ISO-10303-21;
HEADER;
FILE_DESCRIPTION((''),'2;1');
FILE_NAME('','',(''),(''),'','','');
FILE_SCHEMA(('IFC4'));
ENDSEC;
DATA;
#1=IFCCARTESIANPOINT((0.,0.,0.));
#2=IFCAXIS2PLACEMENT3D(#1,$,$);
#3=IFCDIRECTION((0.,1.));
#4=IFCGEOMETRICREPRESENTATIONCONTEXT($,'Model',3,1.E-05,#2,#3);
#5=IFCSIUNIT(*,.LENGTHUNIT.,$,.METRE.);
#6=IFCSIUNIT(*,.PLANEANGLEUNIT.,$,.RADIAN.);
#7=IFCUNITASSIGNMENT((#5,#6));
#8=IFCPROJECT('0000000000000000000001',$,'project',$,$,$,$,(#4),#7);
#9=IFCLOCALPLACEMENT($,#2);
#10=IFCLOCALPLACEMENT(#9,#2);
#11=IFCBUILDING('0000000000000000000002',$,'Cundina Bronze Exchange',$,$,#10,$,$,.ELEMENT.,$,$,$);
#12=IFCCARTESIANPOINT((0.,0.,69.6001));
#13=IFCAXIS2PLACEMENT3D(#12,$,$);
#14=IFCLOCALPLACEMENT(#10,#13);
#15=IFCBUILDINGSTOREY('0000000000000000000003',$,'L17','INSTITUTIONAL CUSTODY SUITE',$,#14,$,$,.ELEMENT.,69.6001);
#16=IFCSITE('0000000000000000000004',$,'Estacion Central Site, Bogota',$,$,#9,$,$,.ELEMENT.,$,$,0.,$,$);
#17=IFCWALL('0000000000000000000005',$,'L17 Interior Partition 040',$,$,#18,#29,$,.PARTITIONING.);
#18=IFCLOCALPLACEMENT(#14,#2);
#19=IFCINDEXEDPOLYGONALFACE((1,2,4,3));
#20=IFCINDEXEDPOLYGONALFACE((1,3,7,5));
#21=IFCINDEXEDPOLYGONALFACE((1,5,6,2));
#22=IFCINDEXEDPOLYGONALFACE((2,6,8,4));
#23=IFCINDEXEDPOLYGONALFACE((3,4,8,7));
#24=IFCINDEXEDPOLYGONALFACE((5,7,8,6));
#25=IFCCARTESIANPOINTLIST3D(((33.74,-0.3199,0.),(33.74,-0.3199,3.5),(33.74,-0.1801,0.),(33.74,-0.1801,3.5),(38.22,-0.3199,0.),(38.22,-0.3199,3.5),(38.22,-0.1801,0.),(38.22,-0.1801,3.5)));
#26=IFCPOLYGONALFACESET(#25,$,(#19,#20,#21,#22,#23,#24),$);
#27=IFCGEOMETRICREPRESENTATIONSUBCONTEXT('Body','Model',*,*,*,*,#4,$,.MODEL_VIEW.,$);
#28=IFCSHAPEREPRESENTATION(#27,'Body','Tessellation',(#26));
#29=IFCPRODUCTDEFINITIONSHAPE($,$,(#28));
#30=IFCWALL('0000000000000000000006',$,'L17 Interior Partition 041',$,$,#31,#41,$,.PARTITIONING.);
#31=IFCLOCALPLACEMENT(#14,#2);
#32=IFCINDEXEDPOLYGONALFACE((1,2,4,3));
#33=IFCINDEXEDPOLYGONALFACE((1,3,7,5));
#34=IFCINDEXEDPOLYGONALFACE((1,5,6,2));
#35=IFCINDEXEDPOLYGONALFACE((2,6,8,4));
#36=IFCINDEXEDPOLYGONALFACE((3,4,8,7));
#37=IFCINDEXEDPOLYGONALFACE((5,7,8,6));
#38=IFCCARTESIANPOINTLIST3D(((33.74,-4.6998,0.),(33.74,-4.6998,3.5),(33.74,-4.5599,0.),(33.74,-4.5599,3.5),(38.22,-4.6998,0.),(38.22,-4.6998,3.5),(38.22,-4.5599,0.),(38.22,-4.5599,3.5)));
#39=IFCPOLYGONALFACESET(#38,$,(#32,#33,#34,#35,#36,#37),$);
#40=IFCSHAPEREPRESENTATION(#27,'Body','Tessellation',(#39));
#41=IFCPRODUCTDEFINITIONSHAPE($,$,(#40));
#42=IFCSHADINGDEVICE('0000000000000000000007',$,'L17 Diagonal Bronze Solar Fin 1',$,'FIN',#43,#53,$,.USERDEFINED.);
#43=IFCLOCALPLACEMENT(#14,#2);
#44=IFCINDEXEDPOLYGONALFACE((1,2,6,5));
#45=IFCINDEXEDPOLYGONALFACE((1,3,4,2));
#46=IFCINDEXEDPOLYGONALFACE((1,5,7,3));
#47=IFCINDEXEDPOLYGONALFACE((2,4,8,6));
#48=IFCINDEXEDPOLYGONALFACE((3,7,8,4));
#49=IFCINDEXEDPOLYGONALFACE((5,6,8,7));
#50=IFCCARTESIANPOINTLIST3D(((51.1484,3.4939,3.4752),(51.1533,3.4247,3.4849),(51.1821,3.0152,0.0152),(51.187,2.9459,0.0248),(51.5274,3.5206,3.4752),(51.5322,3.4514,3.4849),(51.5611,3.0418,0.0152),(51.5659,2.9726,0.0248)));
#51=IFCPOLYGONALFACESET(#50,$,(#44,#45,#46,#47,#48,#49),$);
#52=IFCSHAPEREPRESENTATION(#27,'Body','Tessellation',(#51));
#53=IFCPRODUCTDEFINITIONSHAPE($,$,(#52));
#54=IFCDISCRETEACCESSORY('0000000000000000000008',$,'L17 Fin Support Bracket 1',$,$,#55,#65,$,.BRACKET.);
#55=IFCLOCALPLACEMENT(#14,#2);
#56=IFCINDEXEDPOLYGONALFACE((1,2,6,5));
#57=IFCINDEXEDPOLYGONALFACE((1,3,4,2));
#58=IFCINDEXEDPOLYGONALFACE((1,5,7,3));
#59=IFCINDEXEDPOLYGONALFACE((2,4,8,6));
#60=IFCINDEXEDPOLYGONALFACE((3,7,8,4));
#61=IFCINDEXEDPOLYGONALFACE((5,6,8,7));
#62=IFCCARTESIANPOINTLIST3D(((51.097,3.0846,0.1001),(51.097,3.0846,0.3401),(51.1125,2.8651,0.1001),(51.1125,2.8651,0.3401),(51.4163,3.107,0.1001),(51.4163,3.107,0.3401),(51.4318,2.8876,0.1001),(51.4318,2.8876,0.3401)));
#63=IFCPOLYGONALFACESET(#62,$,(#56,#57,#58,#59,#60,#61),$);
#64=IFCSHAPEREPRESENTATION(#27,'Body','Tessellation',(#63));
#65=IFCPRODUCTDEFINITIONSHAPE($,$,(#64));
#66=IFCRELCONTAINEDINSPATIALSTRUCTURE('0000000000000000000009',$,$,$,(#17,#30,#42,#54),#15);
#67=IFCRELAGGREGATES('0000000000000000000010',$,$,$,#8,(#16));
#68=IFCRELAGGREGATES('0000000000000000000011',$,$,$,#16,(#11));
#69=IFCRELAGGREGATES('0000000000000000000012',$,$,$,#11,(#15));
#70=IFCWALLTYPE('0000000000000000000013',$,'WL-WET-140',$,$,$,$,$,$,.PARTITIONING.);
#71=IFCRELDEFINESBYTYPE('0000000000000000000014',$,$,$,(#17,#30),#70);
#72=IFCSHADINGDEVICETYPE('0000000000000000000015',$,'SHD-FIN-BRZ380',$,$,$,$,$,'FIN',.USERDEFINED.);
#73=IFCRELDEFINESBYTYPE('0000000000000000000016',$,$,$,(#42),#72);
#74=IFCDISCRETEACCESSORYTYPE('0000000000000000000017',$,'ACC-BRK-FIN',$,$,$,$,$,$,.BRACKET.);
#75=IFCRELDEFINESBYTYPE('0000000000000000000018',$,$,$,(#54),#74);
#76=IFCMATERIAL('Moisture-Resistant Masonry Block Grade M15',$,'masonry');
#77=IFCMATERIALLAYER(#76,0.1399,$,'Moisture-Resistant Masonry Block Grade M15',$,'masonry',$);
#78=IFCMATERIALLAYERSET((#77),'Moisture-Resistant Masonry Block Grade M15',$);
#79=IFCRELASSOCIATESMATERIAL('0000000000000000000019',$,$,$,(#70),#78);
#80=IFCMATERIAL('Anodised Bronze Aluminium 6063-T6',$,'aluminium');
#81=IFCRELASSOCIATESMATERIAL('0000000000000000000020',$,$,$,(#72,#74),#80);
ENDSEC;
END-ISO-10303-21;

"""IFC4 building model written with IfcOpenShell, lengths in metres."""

from ifc_helpers import new_model, si_unit, direction, frame, frame_2d, origin, origin_2d, place, context, subcontext, project, spatial, rectangle, extrude, material, layer, layer_set, material_profile, profile_set, type_object, element, save


model = new_model("IFC4")

# Units and contexts
model_context = context("Model", 3, precision=1e-05, world=origin(), true_north=direction((0.0, 1.0)))
body_context = subcontext(model_context, "Body", "Model", "MODEL_VIEW")
ifc_project = project(units=[si_unit("LENGTHUNIT", "METRE"), si_unit("PLANEANGLEUNIT", "RADIAN")], contexts=[model_context])

# Site, building, storey
site_placement = place(None, origin())
site = spatial("IfcSite", under=ifc_project, at=site_placement, Name="Estacion Central Site, Bogota", CompositionType="ELEMENT", RefElevation=0.0)
building_placement = place(site_placement, origin())
building = spatial("IfcBuilding", under=site, at=building_placement, Name="Cundina Bronze Exchange", CompositionType="ELEMENT")
storey_placement = place(building_placement, frame((0.0, 0.0, 69.6001)))
storey = spatial("IfcBuildingStorey", under=building, at=storey_placement, Name="L17", Description="INSTITUTIONAL CUSTODY SUITE", CompositionType="ELEMENT", Elevation=69.6001)

# Shared definitions
ifc_material_1 = material(Name="Anodised Bronze Aluminium 6063-T6", Category="aluminium")

# Walls
ifc_material_2 = material(Name="Moisture-Resistant Masonry Block Grade M15", Category="masonry")
ifc_layer_1 = layer(ifc_material_2, 0.1399, Name="Moisture-Resistant Masonry Block Grade M15", Category="masonry")
ifc_layer_set_1 = layer_set([ifc_layer_1], Name="Moisture-Resistant Masonry Block Grade M15")
wall_type_1 = type_object("IfcWallType", Name="WL-WET-140", PredefinedType="PARTITIONING", material=ifc_layer_set_1)
for number, where, z_axis, x_axis, name in (
    (1, (33.74, -0.25, 0.0), (0.0, 0.0, 1.0), (1.0, 0.0, 0.0), "L17 Interior Partition 040"),
    (2, (33.74, -4.6299, 0.0), (0.0, 0.0, 1.0), (1.0, 0.0, 0.0), "L17 Interior Partition 041"),
):
    element("IfcWall", number, at=place(storey_placement, frame(where, z_axis=z_axis, x_axis=x_axis)), inside=storey, type_object=wall_type_1, Name=name, PredefinedType="PARTITIONING", context=body_context, shape_type="SweptSolid", body=[
        extrude(rectangle(XDim=4.48, YDim=0.1399, at=frame_2d((2.24, 0.0))), origin(), (0.0, 0.0, 1.0), 3.5),
    ])

# Shading device
ifc_material_profile_1 = material_profile(ifc_material_1, rectangle(XDim=0.0701, YDim=0.3799, at=origin_2d()), Name="FIN70X380", Category="aluminium")
ifc_profile_set_1 = profile_set([ifc_material_profile_1], Name="Anodised Bronze Aluminium 6063-T6")
shading_device_type = type_object("IfcShadingDeviceType", Name="SHD-FIN-BRZ380", ElementType="FIN", PredefinedType="USERDEFINED", material=ifc_profile_set_1)
shading_device_placement = place(storey_placement, frame((51.374, 2.9939, 0.02), z_axis=(-0.009645, 0.137059, 0.990516), x_axis=(0.069533, -0.988072, 0.137398)))
element("IfcShadingDevice", 3, at=shading_device_placement, inside=storey, type_object=shading_device_type, Name="L17 Diagonal Bronze Solar Fin 1", ObjectType="FIN", PredefinedType="USERDEFINED", context=body_context, shape_type="SweptSolid", body=[
    extrude(rectangle(XDim=0.0701, YDim=0.3799, at=origin_2d()), origin(), (0.0, 0.0, 1.0), 3.4932),
])

# Discrete accessory
discrete_accessory_type = type_object("IfcDiscreteAccessoryType", Name="ACC-BRK-FIN", PredefinedType="BRACKET", material=ifc_material_1)
discrete_accessory_placement = place(storey_placement, frame((51.2644, 2.9861, 0.1001), z_axis=(0.0, 0.0, 1.0), x_axis=(-0.070279, 0.997527, 0.0)))
element("IfcDiscreteAccessory", 4, at=discrete_accessory_placement, inside=storey, type_object=discrete_accessory_type, Name="L17 Fin Support Bracket 1", PredefinedType="BRACKET", context=body_context, shape_type="SweptSolid", body=[
    extrude(rectangle(XDim=0.22, YDim=0.3201, at=origin_2d()), origin(), (0.0, 0.0, 1.0), 0.24),
])

save(model, "model.ifc")
